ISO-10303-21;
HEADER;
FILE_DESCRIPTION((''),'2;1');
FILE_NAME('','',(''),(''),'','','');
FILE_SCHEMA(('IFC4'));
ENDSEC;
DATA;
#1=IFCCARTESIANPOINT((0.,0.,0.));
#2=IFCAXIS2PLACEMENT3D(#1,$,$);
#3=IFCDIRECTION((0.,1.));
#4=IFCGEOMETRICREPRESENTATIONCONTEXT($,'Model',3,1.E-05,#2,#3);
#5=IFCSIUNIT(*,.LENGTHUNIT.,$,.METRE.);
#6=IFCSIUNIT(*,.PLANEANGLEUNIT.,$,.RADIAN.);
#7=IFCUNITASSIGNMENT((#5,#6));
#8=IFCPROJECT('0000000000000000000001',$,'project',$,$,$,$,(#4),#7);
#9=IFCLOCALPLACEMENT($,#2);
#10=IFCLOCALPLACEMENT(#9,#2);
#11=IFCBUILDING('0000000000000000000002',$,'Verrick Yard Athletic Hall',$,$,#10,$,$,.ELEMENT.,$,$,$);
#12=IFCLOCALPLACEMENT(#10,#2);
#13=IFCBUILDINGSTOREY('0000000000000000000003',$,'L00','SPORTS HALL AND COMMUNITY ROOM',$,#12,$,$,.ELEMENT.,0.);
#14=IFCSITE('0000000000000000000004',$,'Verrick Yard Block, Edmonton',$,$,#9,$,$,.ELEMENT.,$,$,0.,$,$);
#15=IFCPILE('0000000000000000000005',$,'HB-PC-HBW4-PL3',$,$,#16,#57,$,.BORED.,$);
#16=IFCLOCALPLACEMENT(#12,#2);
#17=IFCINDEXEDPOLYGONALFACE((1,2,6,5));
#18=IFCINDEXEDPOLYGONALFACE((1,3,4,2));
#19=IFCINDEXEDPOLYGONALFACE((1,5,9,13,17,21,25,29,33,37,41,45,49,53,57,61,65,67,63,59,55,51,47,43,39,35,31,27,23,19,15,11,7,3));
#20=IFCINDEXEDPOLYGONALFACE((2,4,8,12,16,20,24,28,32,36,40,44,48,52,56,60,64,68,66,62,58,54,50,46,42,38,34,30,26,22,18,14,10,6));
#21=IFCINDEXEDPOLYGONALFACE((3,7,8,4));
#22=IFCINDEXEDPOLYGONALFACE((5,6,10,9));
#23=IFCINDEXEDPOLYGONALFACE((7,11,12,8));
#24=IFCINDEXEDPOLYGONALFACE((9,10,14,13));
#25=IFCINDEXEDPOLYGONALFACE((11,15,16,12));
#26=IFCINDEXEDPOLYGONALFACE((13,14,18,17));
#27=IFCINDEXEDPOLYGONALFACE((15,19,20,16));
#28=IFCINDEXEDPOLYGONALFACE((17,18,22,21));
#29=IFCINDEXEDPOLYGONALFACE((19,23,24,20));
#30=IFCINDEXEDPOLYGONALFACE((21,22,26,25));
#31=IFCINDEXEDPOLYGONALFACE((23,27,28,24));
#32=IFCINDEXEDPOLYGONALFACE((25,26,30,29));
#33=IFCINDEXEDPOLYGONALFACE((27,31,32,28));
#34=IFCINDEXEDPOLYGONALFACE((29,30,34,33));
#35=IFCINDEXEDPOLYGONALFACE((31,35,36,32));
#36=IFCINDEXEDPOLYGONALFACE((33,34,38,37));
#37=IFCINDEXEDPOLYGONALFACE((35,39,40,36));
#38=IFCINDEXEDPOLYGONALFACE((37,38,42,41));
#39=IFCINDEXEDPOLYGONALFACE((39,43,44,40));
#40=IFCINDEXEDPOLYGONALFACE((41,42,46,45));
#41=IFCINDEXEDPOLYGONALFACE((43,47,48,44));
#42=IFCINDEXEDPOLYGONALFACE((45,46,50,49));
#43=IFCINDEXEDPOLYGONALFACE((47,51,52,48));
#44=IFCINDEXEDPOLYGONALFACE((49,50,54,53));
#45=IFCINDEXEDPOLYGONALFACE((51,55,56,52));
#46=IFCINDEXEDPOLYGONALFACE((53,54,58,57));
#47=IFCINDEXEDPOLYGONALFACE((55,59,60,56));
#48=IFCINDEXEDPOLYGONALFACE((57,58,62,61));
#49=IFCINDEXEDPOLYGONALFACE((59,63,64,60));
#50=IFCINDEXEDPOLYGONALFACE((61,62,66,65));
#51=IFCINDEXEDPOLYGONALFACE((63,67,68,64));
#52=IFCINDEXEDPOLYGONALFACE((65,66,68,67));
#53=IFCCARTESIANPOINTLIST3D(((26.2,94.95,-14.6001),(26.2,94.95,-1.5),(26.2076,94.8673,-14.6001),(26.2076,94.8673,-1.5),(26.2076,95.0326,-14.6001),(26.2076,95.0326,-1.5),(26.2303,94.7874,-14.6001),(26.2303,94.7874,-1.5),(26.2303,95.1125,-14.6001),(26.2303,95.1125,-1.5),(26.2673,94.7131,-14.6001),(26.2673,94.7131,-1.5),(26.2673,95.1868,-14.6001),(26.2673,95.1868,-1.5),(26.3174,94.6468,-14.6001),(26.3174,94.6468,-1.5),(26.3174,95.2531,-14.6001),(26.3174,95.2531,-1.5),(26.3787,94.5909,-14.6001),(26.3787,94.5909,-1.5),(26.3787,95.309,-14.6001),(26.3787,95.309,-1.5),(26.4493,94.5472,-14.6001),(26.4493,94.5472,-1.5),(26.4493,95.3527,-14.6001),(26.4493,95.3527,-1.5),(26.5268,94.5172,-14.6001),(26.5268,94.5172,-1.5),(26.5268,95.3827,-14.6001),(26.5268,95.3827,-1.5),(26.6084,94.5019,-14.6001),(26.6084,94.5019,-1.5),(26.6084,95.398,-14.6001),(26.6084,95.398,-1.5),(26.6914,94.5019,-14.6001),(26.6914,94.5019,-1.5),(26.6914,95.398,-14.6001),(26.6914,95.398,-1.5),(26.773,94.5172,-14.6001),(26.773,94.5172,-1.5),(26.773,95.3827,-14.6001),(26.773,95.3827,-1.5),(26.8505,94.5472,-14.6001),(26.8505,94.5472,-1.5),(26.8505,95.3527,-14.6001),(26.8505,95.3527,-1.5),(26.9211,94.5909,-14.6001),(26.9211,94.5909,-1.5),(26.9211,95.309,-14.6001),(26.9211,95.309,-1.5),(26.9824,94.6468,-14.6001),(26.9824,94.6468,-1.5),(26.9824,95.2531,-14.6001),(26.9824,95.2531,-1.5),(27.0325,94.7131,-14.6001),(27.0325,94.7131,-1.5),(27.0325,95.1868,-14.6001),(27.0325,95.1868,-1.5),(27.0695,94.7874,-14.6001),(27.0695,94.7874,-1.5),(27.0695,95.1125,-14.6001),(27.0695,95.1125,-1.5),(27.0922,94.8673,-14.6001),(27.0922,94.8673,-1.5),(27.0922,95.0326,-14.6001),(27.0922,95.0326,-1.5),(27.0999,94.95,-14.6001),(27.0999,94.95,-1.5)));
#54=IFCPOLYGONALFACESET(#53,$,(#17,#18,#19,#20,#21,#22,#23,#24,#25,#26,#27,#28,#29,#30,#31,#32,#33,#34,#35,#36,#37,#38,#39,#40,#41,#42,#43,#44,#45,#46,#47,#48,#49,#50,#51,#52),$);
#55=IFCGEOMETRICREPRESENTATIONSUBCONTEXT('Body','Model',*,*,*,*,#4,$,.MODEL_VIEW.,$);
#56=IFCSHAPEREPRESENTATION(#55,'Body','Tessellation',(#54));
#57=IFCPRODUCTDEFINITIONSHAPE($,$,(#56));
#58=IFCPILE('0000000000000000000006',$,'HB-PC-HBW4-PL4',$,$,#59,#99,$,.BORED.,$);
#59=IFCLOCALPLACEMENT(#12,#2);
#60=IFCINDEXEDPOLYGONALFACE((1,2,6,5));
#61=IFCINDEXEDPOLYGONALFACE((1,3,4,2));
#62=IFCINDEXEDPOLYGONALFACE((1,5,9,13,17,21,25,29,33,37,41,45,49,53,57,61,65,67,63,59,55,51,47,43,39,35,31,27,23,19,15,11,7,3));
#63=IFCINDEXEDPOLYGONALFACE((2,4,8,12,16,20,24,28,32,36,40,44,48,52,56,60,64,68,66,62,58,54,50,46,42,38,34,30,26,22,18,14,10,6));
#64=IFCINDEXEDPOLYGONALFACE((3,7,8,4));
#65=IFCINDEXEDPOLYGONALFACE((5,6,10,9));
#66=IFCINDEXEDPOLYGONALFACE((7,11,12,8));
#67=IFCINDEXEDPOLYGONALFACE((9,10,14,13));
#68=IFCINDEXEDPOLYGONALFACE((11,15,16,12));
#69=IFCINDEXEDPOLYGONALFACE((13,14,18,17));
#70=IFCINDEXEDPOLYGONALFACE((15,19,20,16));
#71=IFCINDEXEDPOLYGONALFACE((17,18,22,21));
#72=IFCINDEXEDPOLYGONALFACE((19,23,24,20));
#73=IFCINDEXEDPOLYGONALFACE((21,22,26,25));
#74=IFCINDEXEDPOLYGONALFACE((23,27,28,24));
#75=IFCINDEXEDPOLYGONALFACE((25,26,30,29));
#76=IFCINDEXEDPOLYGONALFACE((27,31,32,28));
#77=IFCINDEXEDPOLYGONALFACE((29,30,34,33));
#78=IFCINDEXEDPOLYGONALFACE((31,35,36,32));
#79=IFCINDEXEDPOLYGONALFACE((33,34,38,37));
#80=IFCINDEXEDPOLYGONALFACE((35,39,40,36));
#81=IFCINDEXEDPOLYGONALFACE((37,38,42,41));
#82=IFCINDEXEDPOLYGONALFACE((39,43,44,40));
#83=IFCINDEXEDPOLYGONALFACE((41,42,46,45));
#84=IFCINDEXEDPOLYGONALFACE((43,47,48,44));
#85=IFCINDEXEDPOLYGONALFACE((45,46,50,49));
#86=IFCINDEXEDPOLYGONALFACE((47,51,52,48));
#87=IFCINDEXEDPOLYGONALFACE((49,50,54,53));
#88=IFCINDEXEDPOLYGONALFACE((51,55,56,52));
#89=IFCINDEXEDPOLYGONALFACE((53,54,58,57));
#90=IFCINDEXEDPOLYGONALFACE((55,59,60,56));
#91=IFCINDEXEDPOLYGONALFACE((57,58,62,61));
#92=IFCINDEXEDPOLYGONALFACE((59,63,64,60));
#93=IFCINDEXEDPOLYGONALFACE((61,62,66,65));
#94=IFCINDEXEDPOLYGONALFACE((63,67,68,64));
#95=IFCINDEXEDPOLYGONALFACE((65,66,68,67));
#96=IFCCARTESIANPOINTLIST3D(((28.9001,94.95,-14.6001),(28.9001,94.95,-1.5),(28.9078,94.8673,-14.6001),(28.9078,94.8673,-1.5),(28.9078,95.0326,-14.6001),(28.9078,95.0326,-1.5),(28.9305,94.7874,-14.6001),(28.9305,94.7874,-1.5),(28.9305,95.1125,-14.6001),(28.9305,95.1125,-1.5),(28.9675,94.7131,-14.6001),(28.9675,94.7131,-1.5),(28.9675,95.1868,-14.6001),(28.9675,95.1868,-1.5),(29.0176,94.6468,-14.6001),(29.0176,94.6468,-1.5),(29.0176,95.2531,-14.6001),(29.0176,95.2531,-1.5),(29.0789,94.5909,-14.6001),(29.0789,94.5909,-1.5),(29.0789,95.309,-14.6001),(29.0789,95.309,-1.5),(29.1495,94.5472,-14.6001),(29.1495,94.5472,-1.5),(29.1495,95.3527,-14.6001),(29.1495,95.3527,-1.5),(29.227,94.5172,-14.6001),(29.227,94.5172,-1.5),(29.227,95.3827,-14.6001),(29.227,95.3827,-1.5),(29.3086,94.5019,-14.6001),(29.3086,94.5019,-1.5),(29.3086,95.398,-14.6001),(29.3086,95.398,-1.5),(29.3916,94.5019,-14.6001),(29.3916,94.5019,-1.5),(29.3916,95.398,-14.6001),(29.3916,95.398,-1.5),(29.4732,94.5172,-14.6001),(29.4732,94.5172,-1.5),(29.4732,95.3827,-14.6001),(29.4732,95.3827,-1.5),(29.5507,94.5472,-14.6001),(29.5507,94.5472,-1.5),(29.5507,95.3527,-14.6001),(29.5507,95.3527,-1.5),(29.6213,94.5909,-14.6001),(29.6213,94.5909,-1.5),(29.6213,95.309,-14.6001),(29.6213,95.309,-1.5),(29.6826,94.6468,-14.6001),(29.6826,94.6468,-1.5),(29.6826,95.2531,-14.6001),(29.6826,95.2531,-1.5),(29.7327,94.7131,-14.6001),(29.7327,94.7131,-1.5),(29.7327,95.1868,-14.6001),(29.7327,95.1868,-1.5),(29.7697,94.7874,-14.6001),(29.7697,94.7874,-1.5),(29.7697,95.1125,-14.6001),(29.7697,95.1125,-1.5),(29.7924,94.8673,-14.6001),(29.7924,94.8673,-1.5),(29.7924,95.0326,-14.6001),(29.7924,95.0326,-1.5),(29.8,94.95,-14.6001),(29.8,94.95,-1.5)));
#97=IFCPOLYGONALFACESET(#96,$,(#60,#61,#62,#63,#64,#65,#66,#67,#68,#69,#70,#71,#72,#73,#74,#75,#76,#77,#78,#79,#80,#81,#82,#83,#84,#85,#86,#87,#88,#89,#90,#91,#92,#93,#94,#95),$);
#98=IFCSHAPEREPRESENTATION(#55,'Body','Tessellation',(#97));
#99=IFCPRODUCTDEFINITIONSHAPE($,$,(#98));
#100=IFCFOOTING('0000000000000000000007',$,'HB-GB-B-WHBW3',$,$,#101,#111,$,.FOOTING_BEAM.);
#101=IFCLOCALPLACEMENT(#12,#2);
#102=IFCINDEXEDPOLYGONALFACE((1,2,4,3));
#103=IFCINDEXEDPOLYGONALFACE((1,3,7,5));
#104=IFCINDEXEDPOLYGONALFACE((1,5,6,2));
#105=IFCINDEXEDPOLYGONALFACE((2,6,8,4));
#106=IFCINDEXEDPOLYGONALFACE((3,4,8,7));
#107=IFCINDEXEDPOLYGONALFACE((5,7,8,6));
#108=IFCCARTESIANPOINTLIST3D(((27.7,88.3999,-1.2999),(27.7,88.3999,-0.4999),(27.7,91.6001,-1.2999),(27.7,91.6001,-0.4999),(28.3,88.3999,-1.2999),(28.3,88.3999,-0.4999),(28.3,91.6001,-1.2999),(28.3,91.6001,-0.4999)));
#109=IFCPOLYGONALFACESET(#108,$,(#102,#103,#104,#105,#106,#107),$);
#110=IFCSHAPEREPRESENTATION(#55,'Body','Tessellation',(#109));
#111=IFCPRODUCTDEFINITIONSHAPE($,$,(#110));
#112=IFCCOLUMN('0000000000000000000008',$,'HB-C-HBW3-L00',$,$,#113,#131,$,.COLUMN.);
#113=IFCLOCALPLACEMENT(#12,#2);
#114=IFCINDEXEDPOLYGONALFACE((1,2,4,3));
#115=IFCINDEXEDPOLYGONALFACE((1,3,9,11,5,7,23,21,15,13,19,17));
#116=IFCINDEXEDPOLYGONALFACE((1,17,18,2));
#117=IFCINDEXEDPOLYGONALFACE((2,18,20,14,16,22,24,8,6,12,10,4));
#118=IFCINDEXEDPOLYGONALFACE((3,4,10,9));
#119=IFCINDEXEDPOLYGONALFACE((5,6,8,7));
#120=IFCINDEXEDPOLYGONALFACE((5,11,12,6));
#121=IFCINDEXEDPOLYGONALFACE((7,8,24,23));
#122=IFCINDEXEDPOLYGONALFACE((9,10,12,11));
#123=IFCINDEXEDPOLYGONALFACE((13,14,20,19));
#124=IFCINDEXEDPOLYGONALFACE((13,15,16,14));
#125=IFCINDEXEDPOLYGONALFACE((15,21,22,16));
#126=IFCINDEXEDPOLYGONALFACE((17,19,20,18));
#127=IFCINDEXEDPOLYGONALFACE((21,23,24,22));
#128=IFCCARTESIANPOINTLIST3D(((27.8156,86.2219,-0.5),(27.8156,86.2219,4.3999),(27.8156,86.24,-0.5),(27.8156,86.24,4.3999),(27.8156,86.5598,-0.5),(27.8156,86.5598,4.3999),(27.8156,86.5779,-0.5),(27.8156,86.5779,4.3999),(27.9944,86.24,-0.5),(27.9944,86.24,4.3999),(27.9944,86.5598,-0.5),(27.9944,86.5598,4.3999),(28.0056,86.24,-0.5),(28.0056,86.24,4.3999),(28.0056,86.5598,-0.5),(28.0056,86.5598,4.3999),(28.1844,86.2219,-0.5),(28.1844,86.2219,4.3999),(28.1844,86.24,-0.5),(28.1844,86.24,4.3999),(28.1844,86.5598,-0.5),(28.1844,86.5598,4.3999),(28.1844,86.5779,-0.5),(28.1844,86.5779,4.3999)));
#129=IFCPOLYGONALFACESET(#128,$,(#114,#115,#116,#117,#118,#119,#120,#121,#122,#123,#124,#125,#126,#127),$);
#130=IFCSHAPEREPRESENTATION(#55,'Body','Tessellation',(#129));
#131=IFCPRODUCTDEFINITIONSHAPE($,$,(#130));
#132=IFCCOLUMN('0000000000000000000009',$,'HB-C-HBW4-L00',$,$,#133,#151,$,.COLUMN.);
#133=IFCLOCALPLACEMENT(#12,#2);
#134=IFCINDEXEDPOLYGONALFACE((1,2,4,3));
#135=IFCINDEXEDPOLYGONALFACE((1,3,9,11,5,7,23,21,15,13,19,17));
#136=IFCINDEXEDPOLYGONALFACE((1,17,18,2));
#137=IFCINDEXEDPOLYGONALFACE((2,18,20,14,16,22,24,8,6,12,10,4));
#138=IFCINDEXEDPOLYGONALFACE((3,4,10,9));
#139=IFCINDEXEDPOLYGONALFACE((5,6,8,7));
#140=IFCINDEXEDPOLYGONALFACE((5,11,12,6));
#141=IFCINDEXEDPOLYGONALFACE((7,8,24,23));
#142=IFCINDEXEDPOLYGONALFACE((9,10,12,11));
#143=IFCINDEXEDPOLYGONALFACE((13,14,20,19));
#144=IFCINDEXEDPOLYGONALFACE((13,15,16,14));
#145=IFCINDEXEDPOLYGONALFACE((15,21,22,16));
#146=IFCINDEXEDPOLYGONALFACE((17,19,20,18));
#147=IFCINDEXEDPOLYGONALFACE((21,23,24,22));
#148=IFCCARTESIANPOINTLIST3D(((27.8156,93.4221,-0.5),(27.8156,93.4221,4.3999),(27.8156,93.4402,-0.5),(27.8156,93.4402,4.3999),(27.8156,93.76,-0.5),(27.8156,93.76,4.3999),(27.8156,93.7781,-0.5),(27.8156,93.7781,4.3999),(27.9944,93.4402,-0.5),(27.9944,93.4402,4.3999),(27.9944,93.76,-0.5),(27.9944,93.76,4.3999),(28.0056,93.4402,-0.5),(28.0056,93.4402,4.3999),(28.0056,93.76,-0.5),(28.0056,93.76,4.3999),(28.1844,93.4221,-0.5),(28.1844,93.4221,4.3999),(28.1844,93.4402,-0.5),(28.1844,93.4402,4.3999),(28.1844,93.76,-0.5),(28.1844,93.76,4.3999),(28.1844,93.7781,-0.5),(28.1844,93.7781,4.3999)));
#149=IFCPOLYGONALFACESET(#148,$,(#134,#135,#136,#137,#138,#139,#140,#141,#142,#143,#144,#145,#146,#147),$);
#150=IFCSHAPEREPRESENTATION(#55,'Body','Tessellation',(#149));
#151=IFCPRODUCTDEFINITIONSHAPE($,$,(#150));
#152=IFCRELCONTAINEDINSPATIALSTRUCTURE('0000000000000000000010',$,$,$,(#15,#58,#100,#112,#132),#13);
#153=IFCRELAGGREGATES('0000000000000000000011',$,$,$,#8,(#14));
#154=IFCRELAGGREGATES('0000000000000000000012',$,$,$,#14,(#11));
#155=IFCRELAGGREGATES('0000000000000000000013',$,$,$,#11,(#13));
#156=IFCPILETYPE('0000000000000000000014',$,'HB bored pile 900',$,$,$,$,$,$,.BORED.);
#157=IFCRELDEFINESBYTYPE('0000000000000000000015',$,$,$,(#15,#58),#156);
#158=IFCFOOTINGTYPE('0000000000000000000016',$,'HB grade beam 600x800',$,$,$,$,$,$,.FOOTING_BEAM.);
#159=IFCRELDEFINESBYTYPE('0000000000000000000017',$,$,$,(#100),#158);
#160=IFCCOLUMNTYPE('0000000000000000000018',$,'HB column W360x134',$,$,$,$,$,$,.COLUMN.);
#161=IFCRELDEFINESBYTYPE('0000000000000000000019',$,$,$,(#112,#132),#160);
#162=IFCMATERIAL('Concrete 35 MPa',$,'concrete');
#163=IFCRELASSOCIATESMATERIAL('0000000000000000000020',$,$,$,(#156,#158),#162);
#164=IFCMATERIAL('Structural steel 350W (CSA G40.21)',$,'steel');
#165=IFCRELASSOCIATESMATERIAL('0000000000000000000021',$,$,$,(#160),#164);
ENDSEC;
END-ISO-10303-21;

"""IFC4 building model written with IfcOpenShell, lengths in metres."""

from ifc_helpers import new_model, si_unit, direction, frame, origin, origin_2d, place, context, subcontext, project, spatial, rectangle, circle, i_section, extrude, material, material_profile, profile_set, type_object, element, save


model = new_model("IFC4")

# Units and contexts
model_context = context("Model", 3, precision=1e-05, world=origin(), true_north=direction((0.0, 1.0)))
body_context = subcontext(model_context, "Body", "Model", "MODEL_VIEW")
ifc_project = project(units=[si_unit("LENGTHUNIT", "METRE"), si_unit("PLANEANGLEUNIT", "RADIAN")], contexts=[model_context])

# Site, building, storey
site_placement = place(None, origin())
site = spatial("IfcSite", under=ifc_project, at=site_placement, Name="Verrick Yard Block, Edmonton", CompositionType="ELEMENT", RefElevation=0.0)
building_placement = place(site_placement, origin())
building = spatial("IfcBuilding", under=site, at=building_placement, Name="Verrick Yard Athletic Hall", CompositionType="ELEMENT")
storey_placement = place(building_placement, origin())
storey = spatial("IfcBuildingStorey", under=building, at=storey_placement, Name="L00", Description="SPORTS HALL AND COMMUNITY ROOM", CompositionType="ELEMENT", Elevation=0.0)

# Piles
ifc_material_1 = material(Name="Concrete 35 MPa", Category="concrete")
ifc_material_profile_1 = material_profile(ifc_material_1, circle(Radius=0.45, at=origin_2d()), Name="Bored pile 900")
ifc_profile_set_1 = profile_set([ifc_material_profile_1], Name="Concrete 35 MPa")
pile_type = type_object("IfcPileType", Name="HB bored pile 900", PredefinedType="BORED", material=ifc_profile_set_1)
for number, where, z_axis, x_axis, name in (
    (1, (26.6499, 94.95, -1.5), (0.0, 0.0, -1.0), (1.0, 0.0, 0.0), "HB-PC-HBW4-PL3"),
    (2, (29.3501, 94.95, -1.5), (0.0, 0.0, -1.0), (1.0, 0.0, 0.0), "HB-PC-HBW4-PL4"),
):
    element("IfcPile", number, at=place(storey_placement, frame(where, z_axis=z_axis, x_axis=x_axis)), inside=storey, type_object=pile_type, Name=name, PredefinedType="BORED", context=body_context, shape_type="SweptSolid", body=[
        extrude(circle(Radius=0.45, at=origin_2d()), origin(), (0.0, 0.0, 1.0), 13.1001),
    ])

# Footing
ifc_material_profile_2 = material_profile(ifc_material_1, rectangle(XDim=0.6001, YDim=0.8, at=origin_2d()), Name="Grade beam 600x800")
ifc_profile_set_2 = profile_set([ifc_material_profile_2], Name="Concrete 35 MPa")
footing_type = type_object("IfcFootingType", Name="HB grade beam 600x800", PredefinedType="FOOTING_BEAM", material=ifc_profile_set_2)
footing_placement = place(storey_placement, frame((28.0, 88.3999, -0.8999), z_axis=(0.0, 1.0, 0.0), x_axis=(-1.0, 0.0, 0.0)))
element("IfcFooting", 3, at=footing_placement, inside=storey, type_object=footing_type, Name="HB-GB-B-WHBW3", PredefinedType="FOOTING_BEAM", context=body_context, shape_type="SweptSolid", body=[
    extrude(rectangle(XDim=0.6001, YDim=0.8, at=origin_2d()), origin(), (0.0, 0.0, 1.0), 3.2002),
])

# Columns
ifc_material_2 = material(Name="Structural steel 350W (CSA G40.21)", Category="steel")
ifc_material_profile_3 = material_profile(ifc_material_2, i_section(OverallWidth=0.3689, OverallDepth=0.356, WebThickness=0.0112, FlangeThickness=0.0181, at=origin_2d()), Name="W360x134")
ifc_profile_set_3 = profile_set([ifc_material_profile_3], Name="Structural steel 350W (CSA G40.21)")
column_type = type_object("IfcColumnType", Name="HB column W360x134", PredefinedType="COLUMN", material=ifc_profile_set_3)
for number, where, z_axis, x_axis, name in (
    (4, (28.0, 86.3999, -0.5), (0.0, 0.0, 1.0), (1.0, 0.0, 0.0), "HB-C-HBW3-L00"),
    (5, (28.0, 93.6001, -0.5), (0.0, 0.0, 1.0), (1.0, 0.0, 0.0), "HB-C-HBW4-L00"),
):
    element("IfcColumn", number, at=place(storey_placement, frame(where, z_axis=z_axis, x_axis=x_axis)), inside=storey, type_object=column_type, Name=name, PredefinedType="COLUMN", context=body_context, shape_type="SweptSolid", body=[
        extrude(i_section(OverallWidth=0.3689, OverallDepth=0.356, WebThickness=0.0112, FlangeThickness=0.0181, at=origin_2d()), origin(), (0.0, 0.0, 1.0), 4.8999),
    ])

save(model, "model.ifc")
